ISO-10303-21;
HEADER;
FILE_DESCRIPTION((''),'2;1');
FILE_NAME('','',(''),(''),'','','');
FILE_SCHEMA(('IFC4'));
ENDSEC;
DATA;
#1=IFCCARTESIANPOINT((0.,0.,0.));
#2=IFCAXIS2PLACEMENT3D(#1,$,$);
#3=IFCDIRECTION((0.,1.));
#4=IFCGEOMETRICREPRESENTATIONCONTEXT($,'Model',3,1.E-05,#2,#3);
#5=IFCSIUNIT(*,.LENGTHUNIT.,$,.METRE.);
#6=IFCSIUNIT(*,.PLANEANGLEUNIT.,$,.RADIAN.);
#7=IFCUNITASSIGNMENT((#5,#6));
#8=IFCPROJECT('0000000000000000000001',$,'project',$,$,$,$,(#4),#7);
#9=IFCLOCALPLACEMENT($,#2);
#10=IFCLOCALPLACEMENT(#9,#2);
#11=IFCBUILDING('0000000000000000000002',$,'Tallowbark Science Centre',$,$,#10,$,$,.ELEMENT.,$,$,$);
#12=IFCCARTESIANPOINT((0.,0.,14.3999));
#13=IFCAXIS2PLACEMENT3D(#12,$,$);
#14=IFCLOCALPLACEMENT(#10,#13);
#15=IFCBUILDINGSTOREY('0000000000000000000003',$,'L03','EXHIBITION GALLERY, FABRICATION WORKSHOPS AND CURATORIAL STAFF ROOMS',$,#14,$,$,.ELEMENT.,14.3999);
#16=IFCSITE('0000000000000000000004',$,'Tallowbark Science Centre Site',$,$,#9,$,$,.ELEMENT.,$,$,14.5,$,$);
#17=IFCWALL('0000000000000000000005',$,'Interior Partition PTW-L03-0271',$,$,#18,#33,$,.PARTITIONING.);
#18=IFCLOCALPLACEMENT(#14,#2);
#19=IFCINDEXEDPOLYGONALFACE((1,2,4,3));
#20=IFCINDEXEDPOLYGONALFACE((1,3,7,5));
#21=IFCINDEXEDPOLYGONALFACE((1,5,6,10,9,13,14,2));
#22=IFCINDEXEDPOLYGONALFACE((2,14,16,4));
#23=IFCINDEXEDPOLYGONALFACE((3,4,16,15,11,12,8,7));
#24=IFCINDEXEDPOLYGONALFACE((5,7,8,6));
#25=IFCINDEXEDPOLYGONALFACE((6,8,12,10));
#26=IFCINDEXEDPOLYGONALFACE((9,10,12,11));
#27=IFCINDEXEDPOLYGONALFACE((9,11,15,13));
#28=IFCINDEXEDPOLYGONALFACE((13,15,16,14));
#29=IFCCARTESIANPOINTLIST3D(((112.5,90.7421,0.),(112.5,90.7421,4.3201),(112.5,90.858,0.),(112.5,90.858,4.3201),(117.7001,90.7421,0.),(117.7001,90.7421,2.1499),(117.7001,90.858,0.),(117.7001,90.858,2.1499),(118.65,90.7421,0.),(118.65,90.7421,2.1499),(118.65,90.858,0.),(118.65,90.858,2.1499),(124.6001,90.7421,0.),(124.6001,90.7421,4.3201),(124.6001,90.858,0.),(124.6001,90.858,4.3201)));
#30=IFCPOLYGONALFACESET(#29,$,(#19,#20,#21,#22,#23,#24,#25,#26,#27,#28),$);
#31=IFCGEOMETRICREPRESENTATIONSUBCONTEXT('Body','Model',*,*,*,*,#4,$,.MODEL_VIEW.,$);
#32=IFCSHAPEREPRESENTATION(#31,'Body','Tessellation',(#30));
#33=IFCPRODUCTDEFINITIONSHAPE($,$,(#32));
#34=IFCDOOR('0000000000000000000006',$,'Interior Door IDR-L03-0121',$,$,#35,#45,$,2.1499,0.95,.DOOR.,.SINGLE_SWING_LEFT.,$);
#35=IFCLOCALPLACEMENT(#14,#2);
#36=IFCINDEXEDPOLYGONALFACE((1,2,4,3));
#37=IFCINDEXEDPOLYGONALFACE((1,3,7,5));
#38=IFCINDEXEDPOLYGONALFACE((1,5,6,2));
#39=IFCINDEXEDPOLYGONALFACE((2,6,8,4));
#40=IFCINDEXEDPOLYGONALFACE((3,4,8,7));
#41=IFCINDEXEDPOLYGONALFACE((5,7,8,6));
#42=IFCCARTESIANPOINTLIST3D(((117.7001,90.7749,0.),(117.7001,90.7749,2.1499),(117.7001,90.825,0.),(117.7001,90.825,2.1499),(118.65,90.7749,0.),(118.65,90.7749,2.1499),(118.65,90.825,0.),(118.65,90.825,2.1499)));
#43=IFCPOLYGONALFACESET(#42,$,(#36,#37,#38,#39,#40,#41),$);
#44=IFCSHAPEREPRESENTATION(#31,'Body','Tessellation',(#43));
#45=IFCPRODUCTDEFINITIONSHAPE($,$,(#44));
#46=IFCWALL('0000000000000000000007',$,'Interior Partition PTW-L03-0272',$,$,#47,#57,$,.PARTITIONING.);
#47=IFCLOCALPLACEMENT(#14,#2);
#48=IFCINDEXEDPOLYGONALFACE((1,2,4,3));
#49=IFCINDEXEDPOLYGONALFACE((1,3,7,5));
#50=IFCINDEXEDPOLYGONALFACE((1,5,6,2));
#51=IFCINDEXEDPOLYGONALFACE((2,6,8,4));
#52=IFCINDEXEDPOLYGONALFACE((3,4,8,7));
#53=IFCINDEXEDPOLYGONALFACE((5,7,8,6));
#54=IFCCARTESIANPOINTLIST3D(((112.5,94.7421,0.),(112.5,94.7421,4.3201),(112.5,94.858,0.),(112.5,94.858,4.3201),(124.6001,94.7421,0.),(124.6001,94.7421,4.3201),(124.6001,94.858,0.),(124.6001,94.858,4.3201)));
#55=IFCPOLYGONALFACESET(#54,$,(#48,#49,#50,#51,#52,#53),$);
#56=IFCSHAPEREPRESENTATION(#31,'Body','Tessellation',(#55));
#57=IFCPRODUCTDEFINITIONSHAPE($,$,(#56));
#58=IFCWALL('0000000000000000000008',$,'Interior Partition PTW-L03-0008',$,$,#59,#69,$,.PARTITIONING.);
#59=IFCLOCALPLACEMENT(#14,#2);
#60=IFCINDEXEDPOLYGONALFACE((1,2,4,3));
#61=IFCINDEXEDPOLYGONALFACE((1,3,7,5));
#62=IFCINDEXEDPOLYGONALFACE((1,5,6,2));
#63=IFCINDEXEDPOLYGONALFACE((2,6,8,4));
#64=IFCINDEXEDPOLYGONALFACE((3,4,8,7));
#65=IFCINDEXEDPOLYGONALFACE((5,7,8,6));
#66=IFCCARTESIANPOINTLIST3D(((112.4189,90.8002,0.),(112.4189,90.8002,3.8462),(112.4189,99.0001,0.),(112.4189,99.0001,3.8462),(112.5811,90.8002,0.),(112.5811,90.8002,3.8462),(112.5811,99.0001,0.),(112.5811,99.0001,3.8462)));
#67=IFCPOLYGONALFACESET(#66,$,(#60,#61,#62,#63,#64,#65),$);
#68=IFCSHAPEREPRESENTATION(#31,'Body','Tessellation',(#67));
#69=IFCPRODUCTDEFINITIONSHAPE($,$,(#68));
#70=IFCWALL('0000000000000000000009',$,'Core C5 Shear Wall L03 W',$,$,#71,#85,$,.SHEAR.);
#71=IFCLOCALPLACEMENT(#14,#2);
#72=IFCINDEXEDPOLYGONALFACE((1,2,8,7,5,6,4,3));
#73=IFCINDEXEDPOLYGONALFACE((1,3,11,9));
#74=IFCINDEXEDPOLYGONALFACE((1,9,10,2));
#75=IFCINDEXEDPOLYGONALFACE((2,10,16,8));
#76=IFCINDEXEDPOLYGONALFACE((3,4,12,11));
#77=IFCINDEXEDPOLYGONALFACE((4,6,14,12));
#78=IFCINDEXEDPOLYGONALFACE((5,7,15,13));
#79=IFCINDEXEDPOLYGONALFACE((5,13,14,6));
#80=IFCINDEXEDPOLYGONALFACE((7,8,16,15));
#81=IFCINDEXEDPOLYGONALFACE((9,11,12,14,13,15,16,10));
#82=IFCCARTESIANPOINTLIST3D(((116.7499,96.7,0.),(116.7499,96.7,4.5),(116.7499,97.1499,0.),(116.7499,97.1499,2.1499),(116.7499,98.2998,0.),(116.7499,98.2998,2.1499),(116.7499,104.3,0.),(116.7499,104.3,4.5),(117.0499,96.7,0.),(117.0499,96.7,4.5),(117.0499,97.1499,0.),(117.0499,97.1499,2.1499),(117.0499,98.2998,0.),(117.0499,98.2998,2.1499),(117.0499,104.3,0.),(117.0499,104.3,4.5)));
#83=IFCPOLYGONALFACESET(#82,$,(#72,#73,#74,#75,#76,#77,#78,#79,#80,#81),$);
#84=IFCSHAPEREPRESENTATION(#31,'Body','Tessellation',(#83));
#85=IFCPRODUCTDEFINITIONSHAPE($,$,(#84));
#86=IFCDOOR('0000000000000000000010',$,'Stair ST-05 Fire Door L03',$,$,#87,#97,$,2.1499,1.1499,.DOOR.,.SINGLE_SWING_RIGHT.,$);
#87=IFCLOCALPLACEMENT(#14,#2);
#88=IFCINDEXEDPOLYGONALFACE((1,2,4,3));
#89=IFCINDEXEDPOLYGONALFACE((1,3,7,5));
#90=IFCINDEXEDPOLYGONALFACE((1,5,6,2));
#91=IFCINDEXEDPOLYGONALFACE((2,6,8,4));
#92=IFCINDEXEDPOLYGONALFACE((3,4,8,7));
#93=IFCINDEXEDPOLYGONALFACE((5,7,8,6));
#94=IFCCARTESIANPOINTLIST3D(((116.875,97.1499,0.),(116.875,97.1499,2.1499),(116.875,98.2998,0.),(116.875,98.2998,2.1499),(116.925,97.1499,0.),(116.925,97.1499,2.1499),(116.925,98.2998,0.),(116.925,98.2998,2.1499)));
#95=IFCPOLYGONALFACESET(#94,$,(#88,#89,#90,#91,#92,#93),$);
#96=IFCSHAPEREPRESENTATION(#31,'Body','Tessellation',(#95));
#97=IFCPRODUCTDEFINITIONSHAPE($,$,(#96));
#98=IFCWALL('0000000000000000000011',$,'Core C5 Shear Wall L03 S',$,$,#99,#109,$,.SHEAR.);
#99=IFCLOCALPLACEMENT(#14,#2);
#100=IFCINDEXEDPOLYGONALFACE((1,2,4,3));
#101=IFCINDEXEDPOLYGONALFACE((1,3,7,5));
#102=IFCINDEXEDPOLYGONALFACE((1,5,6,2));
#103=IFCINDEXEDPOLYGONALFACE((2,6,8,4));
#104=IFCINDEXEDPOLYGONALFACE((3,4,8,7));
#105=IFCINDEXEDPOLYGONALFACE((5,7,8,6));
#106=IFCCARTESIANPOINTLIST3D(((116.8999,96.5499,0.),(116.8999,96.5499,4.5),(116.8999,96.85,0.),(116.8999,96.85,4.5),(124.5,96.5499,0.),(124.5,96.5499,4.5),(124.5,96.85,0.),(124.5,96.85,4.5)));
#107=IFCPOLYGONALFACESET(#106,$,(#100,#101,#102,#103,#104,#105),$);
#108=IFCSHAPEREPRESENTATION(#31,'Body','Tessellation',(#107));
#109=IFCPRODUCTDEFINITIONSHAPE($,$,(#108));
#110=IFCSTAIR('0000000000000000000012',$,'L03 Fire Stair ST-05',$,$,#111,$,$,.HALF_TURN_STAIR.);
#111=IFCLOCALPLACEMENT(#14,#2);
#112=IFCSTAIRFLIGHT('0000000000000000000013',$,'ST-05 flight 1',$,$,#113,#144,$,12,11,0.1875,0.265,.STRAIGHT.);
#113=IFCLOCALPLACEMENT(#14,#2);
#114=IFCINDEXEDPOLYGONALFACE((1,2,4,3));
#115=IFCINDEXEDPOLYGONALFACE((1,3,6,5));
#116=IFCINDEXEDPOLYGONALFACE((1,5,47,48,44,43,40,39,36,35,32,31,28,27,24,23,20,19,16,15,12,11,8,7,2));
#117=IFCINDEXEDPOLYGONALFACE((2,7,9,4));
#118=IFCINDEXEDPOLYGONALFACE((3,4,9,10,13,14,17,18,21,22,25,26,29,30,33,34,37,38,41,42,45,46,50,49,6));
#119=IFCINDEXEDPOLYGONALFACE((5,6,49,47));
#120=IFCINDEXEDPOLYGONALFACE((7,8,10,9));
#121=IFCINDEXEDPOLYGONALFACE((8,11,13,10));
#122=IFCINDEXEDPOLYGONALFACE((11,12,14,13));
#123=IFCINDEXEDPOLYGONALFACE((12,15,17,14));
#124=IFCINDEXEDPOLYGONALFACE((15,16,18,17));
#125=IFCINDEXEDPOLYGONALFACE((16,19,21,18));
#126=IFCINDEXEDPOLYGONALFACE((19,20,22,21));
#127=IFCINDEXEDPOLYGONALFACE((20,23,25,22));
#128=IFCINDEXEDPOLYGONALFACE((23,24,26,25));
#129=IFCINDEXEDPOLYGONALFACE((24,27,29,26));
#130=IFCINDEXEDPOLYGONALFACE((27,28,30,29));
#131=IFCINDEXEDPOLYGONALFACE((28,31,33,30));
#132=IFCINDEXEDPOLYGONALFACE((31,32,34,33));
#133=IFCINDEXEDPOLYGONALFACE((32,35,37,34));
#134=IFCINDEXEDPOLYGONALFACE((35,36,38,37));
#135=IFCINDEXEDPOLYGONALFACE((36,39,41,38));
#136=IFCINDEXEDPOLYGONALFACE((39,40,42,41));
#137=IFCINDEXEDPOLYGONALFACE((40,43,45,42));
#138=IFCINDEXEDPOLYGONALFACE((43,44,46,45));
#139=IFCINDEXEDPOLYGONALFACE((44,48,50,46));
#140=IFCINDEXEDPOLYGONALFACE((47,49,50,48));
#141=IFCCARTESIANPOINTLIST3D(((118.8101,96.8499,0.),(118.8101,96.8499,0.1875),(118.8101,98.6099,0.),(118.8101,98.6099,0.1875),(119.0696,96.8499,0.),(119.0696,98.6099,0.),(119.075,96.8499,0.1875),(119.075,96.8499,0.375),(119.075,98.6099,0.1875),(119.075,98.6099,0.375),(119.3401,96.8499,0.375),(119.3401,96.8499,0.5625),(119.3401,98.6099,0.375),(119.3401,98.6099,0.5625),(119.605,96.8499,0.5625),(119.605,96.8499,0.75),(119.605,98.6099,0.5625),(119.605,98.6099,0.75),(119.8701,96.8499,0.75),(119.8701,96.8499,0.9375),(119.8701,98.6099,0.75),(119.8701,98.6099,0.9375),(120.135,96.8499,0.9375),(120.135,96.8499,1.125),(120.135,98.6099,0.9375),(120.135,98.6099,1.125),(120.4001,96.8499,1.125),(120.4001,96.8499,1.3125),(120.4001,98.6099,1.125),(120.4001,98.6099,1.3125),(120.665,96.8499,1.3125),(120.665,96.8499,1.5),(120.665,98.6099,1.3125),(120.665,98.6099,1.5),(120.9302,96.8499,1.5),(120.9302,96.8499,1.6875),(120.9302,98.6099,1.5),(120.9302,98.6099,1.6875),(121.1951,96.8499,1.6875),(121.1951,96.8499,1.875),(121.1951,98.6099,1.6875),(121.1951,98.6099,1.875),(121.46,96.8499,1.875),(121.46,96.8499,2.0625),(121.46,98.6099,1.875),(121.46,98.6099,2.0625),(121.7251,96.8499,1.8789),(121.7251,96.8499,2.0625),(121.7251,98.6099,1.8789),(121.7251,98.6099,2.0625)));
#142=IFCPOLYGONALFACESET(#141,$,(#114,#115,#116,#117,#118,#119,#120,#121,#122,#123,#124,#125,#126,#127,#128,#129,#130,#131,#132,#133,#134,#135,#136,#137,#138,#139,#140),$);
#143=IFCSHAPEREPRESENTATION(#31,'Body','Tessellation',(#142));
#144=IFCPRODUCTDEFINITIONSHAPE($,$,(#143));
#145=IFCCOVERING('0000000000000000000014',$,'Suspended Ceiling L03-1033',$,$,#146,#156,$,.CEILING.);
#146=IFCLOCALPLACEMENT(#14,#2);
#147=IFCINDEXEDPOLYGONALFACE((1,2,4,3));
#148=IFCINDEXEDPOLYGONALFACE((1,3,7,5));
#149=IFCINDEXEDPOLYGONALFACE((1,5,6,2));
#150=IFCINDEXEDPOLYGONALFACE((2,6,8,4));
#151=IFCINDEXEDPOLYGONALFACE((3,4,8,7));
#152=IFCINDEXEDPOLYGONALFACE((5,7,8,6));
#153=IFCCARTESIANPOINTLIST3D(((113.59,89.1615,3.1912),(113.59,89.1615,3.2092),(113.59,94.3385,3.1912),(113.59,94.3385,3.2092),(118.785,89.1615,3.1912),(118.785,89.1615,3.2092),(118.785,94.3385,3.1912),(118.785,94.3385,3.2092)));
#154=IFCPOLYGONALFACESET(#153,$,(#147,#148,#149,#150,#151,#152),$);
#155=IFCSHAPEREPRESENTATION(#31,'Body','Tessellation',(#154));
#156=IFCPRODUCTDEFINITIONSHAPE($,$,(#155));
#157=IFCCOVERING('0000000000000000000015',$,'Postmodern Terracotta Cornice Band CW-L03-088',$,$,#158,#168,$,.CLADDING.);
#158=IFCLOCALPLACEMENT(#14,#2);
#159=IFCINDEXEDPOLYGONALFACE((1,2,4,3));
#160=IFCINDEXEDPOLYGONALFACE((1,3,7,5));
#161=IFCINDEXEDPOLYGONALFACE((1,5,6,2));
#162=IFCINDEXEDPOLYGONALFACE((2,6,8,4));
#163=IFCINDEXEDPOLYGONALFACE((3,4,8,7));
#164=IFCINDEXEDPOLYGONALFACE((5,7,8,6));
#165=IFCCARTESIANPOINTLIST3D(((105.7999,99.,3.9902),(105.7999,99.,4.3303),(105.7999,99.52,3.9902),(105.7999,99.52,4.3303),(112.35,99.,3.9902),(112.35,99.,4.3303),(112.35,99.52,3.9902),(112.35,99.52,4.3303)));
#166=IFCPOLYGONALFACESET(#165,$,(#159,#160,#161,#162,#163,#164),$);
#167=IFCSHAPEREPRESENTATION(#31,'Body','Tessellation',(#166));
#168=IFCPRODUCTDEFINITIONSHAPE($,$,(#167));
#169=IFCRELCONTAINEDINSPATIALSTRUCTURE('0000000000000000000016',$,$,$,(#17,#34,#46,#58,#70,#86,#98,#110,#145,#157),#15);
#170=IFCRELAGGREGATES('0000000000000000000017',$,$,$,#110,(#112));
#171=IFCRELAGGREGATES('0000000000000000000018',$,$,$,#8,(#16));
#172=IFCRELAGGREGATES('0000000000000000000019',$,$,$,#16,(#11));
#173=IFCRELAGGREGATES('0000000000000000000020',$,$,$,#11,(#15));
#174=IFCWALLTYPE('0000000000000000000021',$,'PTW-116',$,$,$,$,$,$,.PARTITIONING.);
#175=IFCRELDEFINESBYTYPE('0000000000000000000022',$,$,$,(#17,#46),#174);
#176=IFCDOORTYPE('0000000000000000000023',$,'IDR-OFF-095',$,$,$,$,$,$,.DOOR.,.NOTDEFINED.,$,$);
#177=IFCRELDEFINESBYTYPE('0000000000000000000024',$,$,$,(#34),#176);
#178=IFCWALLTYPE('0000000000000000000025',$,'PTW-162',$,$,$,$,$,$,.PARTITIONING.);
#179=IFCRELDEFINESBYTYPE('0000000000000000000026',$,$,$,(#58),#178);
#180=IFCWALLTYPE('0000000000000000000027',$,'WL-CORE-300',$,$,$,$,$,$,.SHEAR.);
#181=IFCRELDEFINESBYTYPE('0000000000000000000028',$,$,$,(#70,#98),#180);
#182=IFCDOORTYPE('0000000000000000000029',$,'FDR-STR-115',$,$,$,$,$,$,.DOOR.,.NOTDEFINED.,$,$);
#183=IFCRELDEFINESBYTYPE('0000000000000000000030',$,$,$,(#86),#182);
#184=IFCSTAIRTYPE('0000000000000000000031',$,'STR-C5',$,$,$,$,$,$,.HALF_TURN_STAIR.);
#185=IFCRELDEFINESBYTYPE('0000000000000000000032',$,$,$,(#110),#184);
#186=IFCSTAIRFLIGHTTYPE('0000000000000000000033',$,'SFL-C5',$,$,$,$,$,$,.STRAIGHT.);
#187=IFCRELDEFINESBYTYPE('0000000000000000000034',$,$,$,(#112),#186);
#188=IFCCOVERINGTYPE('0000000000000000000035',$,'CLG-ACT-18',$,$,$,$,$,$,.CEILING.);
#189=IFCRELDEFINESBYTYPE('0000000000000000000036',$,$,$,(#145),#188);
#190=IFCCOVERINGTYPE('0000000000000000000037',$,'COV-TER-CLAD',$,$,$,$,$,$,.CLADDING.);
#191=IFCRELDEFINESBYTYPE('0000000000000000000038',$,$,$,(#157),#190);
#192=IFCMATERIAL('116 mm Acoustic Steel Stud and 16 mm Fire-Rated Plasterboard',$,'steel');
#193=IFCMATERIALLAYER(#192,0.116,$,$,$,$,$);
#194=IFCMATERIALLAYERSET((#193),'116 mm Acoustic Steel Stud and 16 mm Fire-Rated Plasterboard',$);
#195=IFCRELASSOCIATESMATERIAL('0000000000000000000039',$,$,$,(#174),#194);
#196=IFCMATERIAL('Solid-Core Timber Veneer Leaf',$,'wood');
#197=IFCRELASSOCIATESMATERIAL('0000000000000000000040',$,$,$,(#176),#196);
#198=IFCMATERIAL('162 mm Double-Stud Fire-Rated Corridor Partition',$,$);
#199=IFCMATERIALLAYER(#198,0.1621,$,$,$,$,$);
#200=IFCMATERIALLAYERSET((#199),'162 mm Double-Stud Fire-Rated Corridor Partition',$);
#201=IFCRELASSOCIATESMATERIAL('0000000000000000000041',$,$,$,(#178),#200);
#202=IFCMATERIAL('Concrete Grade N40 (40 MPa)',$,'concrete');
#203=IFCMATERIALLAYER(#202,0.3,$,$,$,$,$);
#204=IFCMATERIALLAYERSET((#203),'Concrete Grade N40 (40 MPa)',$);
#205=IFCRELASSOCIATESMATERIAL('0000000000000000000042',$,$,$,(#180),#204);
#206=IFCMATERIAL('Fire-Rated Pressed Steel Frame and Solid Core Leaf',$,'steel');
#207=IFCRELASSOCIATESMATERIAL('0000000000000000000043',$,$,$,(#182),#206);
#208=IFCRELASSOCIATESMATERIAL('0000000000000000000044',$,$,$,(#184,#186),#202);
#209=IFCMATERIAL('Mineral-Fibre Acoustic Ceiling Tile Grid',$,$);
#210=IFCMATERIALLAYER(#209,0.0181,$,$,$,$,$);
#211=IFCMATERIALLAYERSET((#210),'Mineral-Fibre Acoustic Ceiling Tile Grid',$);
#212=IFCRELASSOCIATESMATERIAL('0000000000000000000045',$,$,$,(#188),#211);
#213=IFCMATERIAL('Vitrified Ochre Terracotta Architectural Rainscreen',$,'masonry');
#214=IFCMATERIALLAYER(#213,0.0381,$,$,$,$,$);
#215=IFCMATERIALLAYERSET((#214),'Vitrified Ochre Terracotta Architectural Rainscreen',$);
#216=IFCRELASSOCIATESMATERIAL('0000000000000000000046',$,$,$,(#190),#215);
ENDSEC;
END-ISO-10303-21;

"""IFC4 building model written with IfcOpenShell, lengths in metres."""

from ifc_helpers import new_model, si_unit, direction, frame, frame_2d, origin, origin_2d, place, context, subcontext, project, spatial, polyline, rectangle, outline, extrude, material, layer, layer_set, type_object, element, fill, aggregate, save


model = new_model("IFC4")

# Units and contexts
model_context = context("Model", 3, precision=1e-05, world=origin(), true_north=direction((0.0, 1.0)))
body_context = subcontext(model_context, "Body", "Model", "MODEL_VIEW")
ifc_project = project(units=[si_unit("LENGTHUNIT", "METRE"), si_unit("PLANEANGLEUNIT", "RADIAN")], contexts=[model_context])

# Site, building, storey
site_placement = place(None, origin())
site = spatial("IfcSite", under=ifc_project, at=site_placement, Name="Tallowbark Science Centre Site", CompositionType="ELEMENT", RefElevation=14.5)
building_placement = place(site_placement, origin())
building = spatial("IfcBuilding", under=site, at=building_placement, Name="Tallowbark Science Centre", CompositionType="ELEMENT")
storey_placement = place(building_placement, frame((0.0, 0.0, 14.3999)))
storey = spatial("IfcBuildingStorey", under=building, at=storey_placement, Name="L03", Description="EXHIBITION GALLERY, FABRICATION WORKSHOPS AND CURATORIAL STAFF ROOMS", CompositionType="ELEMENT", Elevation=14.3999)

# Shared definitions
ifc_material_1 = material(Name="Concrete Grade N40 (40 MPa)", Category="concrete")

# Wall, opening, door
ifc_material_2 = material(Name="116 mm Acoustic Steel Stud and 16 mm Fire-Rated Plasterboard", Category="steel")
ifc_layer_1 = layer(ifc_material_2, 0.116)
ifc_layer_set_1 = layer_set([ifc_layer_1], Name="116 mm Acoustic Steel Stud and 16 mm Fire-Rated Plasterboard")
wall_type_1 = type_object("IfcWallType", Name="PTW-116", PredefinedType="PARTITIONING", material=ifc_layer_set_1)
wall_1_placement = place(storey_placement, frame((112.5, 90.8, 0.0), z_axis=(0.0, 0.0, 1.0), x_axis=(1.0, 0.0, 0.0)))
wall_1 = element("IfcWall", 1, at=wall_1_placement, inside=storey, type_object=wall_type_1, Name="Interior Partition PTW-L03-0271", PredefinedType="PARTITIONING", context=body_context, shape_type="SweptSolid", body=[
    extrude(rectangle(XDim=12.1001, YDim=0.116, at=frame_2d((6.05, 0.0))), origin(), (0.0, 0.0, 1.0), 4.3201),
])
opening_1_placement = place(wall_1_placement, frame((5.2, 0.0, 0.0)))
opening_1 = element("IfcOpeningElement", 2, at=opening_1_placement, cuts=wall_1, PredefinedType="OPENING", context=body_context, shape_type="SweptSolid", body=[
    extrude(rectangle(XDim=0.95, YDim=2.1499, at=frame_2d((0.4751, 1.075))), frame((0.0, 0.0679, 0.0), z_axis=(0.0, -1.0, 0.0), x_axis=(1.0, 0.0, 0.0)), (0.0, 0.0, 1.0), 0.136),
])
ifc_material_3 = material(Name="Solid-Core Timber Veneer Leaf", Category="wood")
door_type_1 = type_object("IfcDoorType", Name="IDR-OFF-095", OperationType="NOTDEFINED", PredefinedType="DOOR", material=ifc_material_3)
door_1_placement = place(opening_1_placement, origin())
door_1 = element("IfcDoor", 3, at=door_1_placement, inside=storey, type_object=door_type_1, Name="Interior Door IDR-L03-0121", OperationType="SINGLE_SWING_LEFT", OverallHeight=2.1499, OverallWidth=0.95, PredefinedType="DOOR", context=body_context, shape_type="SweptSolid", body=[
    extrude(rectangle(XDim=0.95, YDim=2.1499, at=frame_2d((0.4751, 1.075))), frame((0.0, 0.0249, 0.0), z_axis=(0.0, -1.0, 0.0), x_axis=(1.0, 0.0, 0.0)), (0.0, 0.0, 1.0), 0.05),
])
fill(opening_1, door_1)

# Walls
wall_2_placement = place(storey_placement, frame((112.5, 94.8, 0.0), z_axis=(0.0, 0.0, 1.0), x_axis=(1.0, 0.0, 0.0)))
element("IfcWall", 4, at=wall_2_placement, inside=storey, type_object=wall_type_1, Name="Interior Partition PTW-L03-0272", PredefinedType="PARTITIONING", context=body_context, shape_type="SweptSolid", body=[
    extrude(rectangle(XDim=12.1001, YDim=0.116, at=frame_2d((6.05, 0.0))), origin(), (0.0, 0.0, 1.0), 4.3201),
])
ifc_material_4 = material(Name="162 mm Double-Stud Fire-Rated Corridor Partition")
ifc_layer_2 = layer(ifc_material_4, 0.1621)
ifc_layer_set_2 = layer_set([ifc_layer_2], Name="162 mm Double-Stud Fire-Rated Corridor Partition")
wall_type_2 = type_object("IfcWallType", Name="PTW-162", PredefinedType="PARTITIONING", material=ifc_layer_set_2)
wall_3_placement = place(storey_placement, frame((112.5, 90.8, 0.0), z_axis=(0.0, 0.0, 1.0), x_axis=(0.0, 1.0, 0.0)))
element("IfcWall", 5, at=wall_3_placement, inside=storey, type_object=wall_type_2, Name="Interior Partition PTW-L03-0008", PredefinedType="PARTITIONING", context=body_context, shape_type="SweptSolid", body=[
    extrude(rectangle(XDim=8.2, YDim=0.1621, at=frame_2d((4.1001, 0.0))), origin(), (0.0, 0.0, 1.0), 3.8462),
])

# Wall, opening, door
ifc_layer_3 = layer(ifc_material_1, 0.3)
ifc_layer_set_3 = layer_set([ifc_layer_3], Name="Concrete Grade N40 (40 MPa)")
wall_type_3 = type_object("IfcWallType", Name="WL-CORE-300", PredefinedType="SHEAR", material=ifc_layer_set_3)
wall_4_placement = place(storey_placement, frame((116.8999, 96.7, 0.0), z_axis=(0.0, 0.0, 1.0), x_axis=(0.0, 1.0, 0.0)))
wall_4 = element("IfcWall", 6, at=wall_4_placement, inside=storey, type_object=wall_type_3, Name="Core C5 Shear Wall L03 W", PredefinedType="SHEAR", context=body_context, shape_type="SweptSolid", body=[
    extrude(rectangle(XDim=7.6001, YDim=0.3, at=frame_2d((3.8, 0.0))), origin(), (0.0, 0.0, 1.0), 4.5),
])
opening_2_placement = place(wall_4_placement, frame((0.45, 0.0, 0.0)))
opening_2 = element("IfcOpeningElement", 7, at=opening_2_placement, cuts=wall_4, PredefinedType="OPENING", context=body_context, shape_type="SweptSolid", body=[
    extrude(rectangle(XDim=1.1499, YDim=2.1499, at=frame_2d((0.575, 1.075))), frame((0.0, 0.1602, 0.0), z_axis=(0.0, -1.0, 0.0), x_axis=(1.0, 0.0, 0.0)), (0.0, 0.0, 1.0), 0.3201),
])
ifc_material_5 = material(Name="Fire-Rated Pressed Steel Frame and Solid Core Leaf", Category="steel")
door_type_2 = type_object("IfcDoorType", Name="FDR-STR-115", OperationType="NOTDEFINED", PredefinedType="DOOR", material=ifc_material_5)
door_2_placement = place(opening_2_placement, origin())
door_2 = element("IfcDoor", 8, at=door_2_placement, inside=storey, type_object=door_type_2, Name="Stair ST-05 Fire Door L03", OperationType="SINGLE_SWING_RIGHT", OverallHeight=2.1499, OverallWidth=1.1499, PredefinedType="DOOR", context=body_context, shape_type="SweptSolid", body=[
    extrude(rectangle(XDim=1.1499, YDim=2.1499, at=frame_2d((0.575, 1.075))), frame((0.0, 0.0249, 0.0), z_axis=(0.0, -1.0, 0.0), x_axis=(1.0, 0.0, 0.0)), (0.0, 0.0, 1.0), 0.05),
])
fill(opening_2, door_2)

# Wall
wall_5_placement = place(storey_placement, frame((116.8999, 96.7, 0.0), z_axis=(0.0, 0.0, 1.0), x_axis=(1.0, 0.0, 0.0)))
element("IfcWall", 9, at=wall_5_placement, inside=storey, type_object=wall_type_3, Name="Core C5 Shear Wall L03 S", PredefinedType="SHEAR", context=body_context, shape_type="SweptSolid", body=[
    extrude(rectangle(XDim=7.6001, YDim=0.3, at=frame_2d((3.8, 0.0))), origin(), (0.0, 0.0, 1.0), 4.5),
])

# Stair, stair flight
stair_type = type_object("IfcStairType", Name="STR-C5", PredefinedType="HALF_TURN_STAIR", material=ifc_material_1)
stair_placement = place(storey_placement, origin())
stair = element("IfcStair", 10, at=stair_placement, inside=storey, type_object=stair_type, Name="L03 Fire Stair ST-05", PredefinedType="HALF_TURN_STAIR")
stair_flight_type = type_object("IfcStairFlightType", Name="SFL-C5", PredefinedType="STRAIGHT", material=ifc_material_1)
stair_flight_placement = place(storey_placement, frame((118.8101, 97.73, 0.0), z_axis=(0.0, 0.0, 1.0), x_axis=(1.0, 0.0, 0.0)))
stair_flight = element("IfcStairFlight", 11, at=stair_flight_placement, type_object=stair_flight_type, Name="ST-05 flight 1", NumberOfRisers=12, NumberOfTreads=11, PredefinedType="STRAIGHT", RiserHeight=0.1875, TreadLength=0.265, context=body_context, shape_type="SweptSolid", body=[
    extrude(outline(polyline([(0.0, 0.0), (0.0, 0.1875), (0.2649, 0.1875), (0.2649, 0.375), (0.53, 0.375), (0.53, 0.5625), (0.7949, 0.5625), (0.7949, 0.75), (1.0601, 0.75), (1.0601, 0.9375), (1.325, 0.9375), (1.325, 1.125), (1.5901, 1.125), (1.5901, 1.3125), (1.855, 1.3125), (1.855, 1.5), (2.1201, 1.5), (2.1201, 1.6875), (2.385, 1.6875), (2.385, 1.875), (2.6499, 1.875), (2.6499, 2.0625), (2.915, 2.0625), (2.915, 2.25), (2.915, 1.8789), (0.2595, 0.0), (0.0, 0.0)])), frame((0.0, 0.8799, 0.0), z_axis=(0.0, -1.0, 0.0), x_axis=(1.0, 0.0, 0.0)), (0.0, 0.0, 1.0), 1.76),
])
aggregate(stair, [stair_flight])

# Coverings
ifc_material_6 = material(Name="Mineral-Fibre Acoustic Ceiling Tile Grid")
ifc_layer_4 = layer(ifc_material_6, 0.0181)
ifc_layer_set_4 = layer_set([ifc_layer_4], Name="Mineral-Fibre Acoustic Ceiling Tile Grid")
covering_type_1 = type_object("IfcCoveringType", Name="CLG-ACT-18", PredefinedType="CEILING", material=ifc_layer_set_4)
covering_1_placement = place(storey_placement, frame((116.1875, 91.75, 3.1912), z_axis=(0.0, 0.0, 1.0), x_axis=(1.0, 0.0, 0.0)))
element("IfcCovering", 12, at=covering_1_placement, inside=storey, type_object=covering_type_1, Name="Suspended Ceiling L03-1033", PredefinedType="CEILING", context=body_context, shape_type="SweptSolid", body=[
    extrude(rectangle(XDim=5.1951, YDim=5.177, at=origin_2d()), origin(), (0.0, 0.0, 1.0), 0.0181),
])
ifc_material_7 = material(Name="Vitrified Ochre Terracotta Architectural Rainscreen", Category="masonry")
ifc_layer_5 = layer(ifc_material_7, 0.0381)
ifc_layer_set_5 = layer_set([ifc_layer_5], Name="Vitrified Ochre Terracotta Architectural Rainscreen")
covering_type_2 = type_object("IfcCoveringType", Name="COV-TER-CLAD", PredefinedType="CLADDING", material=ifc_layer_set_5)
covering_2_placement = place(storey_placement, frame((109.075, 99.26, 3.9902), z_axis=(0.0, 0.0, 1.0), x_axis=(-1.0, 0.0, 0.0)))
element("IfcCovering", 13, at=covering_2_placement, inside=storey, type_object=covering_type_2, Name="Postmodern Terracotta Cornice Band CW-L03-088", PredefinedType="CLADDING", context=body_context, shape_type="SweptSolid", body=[
    extrude(rectangle(XDim=6.55, YDim=0.52, at=origin_2d()), origin(), (0.0, 0.0, 1.0), 0.3401),
])

save(model, "model.ifc")
